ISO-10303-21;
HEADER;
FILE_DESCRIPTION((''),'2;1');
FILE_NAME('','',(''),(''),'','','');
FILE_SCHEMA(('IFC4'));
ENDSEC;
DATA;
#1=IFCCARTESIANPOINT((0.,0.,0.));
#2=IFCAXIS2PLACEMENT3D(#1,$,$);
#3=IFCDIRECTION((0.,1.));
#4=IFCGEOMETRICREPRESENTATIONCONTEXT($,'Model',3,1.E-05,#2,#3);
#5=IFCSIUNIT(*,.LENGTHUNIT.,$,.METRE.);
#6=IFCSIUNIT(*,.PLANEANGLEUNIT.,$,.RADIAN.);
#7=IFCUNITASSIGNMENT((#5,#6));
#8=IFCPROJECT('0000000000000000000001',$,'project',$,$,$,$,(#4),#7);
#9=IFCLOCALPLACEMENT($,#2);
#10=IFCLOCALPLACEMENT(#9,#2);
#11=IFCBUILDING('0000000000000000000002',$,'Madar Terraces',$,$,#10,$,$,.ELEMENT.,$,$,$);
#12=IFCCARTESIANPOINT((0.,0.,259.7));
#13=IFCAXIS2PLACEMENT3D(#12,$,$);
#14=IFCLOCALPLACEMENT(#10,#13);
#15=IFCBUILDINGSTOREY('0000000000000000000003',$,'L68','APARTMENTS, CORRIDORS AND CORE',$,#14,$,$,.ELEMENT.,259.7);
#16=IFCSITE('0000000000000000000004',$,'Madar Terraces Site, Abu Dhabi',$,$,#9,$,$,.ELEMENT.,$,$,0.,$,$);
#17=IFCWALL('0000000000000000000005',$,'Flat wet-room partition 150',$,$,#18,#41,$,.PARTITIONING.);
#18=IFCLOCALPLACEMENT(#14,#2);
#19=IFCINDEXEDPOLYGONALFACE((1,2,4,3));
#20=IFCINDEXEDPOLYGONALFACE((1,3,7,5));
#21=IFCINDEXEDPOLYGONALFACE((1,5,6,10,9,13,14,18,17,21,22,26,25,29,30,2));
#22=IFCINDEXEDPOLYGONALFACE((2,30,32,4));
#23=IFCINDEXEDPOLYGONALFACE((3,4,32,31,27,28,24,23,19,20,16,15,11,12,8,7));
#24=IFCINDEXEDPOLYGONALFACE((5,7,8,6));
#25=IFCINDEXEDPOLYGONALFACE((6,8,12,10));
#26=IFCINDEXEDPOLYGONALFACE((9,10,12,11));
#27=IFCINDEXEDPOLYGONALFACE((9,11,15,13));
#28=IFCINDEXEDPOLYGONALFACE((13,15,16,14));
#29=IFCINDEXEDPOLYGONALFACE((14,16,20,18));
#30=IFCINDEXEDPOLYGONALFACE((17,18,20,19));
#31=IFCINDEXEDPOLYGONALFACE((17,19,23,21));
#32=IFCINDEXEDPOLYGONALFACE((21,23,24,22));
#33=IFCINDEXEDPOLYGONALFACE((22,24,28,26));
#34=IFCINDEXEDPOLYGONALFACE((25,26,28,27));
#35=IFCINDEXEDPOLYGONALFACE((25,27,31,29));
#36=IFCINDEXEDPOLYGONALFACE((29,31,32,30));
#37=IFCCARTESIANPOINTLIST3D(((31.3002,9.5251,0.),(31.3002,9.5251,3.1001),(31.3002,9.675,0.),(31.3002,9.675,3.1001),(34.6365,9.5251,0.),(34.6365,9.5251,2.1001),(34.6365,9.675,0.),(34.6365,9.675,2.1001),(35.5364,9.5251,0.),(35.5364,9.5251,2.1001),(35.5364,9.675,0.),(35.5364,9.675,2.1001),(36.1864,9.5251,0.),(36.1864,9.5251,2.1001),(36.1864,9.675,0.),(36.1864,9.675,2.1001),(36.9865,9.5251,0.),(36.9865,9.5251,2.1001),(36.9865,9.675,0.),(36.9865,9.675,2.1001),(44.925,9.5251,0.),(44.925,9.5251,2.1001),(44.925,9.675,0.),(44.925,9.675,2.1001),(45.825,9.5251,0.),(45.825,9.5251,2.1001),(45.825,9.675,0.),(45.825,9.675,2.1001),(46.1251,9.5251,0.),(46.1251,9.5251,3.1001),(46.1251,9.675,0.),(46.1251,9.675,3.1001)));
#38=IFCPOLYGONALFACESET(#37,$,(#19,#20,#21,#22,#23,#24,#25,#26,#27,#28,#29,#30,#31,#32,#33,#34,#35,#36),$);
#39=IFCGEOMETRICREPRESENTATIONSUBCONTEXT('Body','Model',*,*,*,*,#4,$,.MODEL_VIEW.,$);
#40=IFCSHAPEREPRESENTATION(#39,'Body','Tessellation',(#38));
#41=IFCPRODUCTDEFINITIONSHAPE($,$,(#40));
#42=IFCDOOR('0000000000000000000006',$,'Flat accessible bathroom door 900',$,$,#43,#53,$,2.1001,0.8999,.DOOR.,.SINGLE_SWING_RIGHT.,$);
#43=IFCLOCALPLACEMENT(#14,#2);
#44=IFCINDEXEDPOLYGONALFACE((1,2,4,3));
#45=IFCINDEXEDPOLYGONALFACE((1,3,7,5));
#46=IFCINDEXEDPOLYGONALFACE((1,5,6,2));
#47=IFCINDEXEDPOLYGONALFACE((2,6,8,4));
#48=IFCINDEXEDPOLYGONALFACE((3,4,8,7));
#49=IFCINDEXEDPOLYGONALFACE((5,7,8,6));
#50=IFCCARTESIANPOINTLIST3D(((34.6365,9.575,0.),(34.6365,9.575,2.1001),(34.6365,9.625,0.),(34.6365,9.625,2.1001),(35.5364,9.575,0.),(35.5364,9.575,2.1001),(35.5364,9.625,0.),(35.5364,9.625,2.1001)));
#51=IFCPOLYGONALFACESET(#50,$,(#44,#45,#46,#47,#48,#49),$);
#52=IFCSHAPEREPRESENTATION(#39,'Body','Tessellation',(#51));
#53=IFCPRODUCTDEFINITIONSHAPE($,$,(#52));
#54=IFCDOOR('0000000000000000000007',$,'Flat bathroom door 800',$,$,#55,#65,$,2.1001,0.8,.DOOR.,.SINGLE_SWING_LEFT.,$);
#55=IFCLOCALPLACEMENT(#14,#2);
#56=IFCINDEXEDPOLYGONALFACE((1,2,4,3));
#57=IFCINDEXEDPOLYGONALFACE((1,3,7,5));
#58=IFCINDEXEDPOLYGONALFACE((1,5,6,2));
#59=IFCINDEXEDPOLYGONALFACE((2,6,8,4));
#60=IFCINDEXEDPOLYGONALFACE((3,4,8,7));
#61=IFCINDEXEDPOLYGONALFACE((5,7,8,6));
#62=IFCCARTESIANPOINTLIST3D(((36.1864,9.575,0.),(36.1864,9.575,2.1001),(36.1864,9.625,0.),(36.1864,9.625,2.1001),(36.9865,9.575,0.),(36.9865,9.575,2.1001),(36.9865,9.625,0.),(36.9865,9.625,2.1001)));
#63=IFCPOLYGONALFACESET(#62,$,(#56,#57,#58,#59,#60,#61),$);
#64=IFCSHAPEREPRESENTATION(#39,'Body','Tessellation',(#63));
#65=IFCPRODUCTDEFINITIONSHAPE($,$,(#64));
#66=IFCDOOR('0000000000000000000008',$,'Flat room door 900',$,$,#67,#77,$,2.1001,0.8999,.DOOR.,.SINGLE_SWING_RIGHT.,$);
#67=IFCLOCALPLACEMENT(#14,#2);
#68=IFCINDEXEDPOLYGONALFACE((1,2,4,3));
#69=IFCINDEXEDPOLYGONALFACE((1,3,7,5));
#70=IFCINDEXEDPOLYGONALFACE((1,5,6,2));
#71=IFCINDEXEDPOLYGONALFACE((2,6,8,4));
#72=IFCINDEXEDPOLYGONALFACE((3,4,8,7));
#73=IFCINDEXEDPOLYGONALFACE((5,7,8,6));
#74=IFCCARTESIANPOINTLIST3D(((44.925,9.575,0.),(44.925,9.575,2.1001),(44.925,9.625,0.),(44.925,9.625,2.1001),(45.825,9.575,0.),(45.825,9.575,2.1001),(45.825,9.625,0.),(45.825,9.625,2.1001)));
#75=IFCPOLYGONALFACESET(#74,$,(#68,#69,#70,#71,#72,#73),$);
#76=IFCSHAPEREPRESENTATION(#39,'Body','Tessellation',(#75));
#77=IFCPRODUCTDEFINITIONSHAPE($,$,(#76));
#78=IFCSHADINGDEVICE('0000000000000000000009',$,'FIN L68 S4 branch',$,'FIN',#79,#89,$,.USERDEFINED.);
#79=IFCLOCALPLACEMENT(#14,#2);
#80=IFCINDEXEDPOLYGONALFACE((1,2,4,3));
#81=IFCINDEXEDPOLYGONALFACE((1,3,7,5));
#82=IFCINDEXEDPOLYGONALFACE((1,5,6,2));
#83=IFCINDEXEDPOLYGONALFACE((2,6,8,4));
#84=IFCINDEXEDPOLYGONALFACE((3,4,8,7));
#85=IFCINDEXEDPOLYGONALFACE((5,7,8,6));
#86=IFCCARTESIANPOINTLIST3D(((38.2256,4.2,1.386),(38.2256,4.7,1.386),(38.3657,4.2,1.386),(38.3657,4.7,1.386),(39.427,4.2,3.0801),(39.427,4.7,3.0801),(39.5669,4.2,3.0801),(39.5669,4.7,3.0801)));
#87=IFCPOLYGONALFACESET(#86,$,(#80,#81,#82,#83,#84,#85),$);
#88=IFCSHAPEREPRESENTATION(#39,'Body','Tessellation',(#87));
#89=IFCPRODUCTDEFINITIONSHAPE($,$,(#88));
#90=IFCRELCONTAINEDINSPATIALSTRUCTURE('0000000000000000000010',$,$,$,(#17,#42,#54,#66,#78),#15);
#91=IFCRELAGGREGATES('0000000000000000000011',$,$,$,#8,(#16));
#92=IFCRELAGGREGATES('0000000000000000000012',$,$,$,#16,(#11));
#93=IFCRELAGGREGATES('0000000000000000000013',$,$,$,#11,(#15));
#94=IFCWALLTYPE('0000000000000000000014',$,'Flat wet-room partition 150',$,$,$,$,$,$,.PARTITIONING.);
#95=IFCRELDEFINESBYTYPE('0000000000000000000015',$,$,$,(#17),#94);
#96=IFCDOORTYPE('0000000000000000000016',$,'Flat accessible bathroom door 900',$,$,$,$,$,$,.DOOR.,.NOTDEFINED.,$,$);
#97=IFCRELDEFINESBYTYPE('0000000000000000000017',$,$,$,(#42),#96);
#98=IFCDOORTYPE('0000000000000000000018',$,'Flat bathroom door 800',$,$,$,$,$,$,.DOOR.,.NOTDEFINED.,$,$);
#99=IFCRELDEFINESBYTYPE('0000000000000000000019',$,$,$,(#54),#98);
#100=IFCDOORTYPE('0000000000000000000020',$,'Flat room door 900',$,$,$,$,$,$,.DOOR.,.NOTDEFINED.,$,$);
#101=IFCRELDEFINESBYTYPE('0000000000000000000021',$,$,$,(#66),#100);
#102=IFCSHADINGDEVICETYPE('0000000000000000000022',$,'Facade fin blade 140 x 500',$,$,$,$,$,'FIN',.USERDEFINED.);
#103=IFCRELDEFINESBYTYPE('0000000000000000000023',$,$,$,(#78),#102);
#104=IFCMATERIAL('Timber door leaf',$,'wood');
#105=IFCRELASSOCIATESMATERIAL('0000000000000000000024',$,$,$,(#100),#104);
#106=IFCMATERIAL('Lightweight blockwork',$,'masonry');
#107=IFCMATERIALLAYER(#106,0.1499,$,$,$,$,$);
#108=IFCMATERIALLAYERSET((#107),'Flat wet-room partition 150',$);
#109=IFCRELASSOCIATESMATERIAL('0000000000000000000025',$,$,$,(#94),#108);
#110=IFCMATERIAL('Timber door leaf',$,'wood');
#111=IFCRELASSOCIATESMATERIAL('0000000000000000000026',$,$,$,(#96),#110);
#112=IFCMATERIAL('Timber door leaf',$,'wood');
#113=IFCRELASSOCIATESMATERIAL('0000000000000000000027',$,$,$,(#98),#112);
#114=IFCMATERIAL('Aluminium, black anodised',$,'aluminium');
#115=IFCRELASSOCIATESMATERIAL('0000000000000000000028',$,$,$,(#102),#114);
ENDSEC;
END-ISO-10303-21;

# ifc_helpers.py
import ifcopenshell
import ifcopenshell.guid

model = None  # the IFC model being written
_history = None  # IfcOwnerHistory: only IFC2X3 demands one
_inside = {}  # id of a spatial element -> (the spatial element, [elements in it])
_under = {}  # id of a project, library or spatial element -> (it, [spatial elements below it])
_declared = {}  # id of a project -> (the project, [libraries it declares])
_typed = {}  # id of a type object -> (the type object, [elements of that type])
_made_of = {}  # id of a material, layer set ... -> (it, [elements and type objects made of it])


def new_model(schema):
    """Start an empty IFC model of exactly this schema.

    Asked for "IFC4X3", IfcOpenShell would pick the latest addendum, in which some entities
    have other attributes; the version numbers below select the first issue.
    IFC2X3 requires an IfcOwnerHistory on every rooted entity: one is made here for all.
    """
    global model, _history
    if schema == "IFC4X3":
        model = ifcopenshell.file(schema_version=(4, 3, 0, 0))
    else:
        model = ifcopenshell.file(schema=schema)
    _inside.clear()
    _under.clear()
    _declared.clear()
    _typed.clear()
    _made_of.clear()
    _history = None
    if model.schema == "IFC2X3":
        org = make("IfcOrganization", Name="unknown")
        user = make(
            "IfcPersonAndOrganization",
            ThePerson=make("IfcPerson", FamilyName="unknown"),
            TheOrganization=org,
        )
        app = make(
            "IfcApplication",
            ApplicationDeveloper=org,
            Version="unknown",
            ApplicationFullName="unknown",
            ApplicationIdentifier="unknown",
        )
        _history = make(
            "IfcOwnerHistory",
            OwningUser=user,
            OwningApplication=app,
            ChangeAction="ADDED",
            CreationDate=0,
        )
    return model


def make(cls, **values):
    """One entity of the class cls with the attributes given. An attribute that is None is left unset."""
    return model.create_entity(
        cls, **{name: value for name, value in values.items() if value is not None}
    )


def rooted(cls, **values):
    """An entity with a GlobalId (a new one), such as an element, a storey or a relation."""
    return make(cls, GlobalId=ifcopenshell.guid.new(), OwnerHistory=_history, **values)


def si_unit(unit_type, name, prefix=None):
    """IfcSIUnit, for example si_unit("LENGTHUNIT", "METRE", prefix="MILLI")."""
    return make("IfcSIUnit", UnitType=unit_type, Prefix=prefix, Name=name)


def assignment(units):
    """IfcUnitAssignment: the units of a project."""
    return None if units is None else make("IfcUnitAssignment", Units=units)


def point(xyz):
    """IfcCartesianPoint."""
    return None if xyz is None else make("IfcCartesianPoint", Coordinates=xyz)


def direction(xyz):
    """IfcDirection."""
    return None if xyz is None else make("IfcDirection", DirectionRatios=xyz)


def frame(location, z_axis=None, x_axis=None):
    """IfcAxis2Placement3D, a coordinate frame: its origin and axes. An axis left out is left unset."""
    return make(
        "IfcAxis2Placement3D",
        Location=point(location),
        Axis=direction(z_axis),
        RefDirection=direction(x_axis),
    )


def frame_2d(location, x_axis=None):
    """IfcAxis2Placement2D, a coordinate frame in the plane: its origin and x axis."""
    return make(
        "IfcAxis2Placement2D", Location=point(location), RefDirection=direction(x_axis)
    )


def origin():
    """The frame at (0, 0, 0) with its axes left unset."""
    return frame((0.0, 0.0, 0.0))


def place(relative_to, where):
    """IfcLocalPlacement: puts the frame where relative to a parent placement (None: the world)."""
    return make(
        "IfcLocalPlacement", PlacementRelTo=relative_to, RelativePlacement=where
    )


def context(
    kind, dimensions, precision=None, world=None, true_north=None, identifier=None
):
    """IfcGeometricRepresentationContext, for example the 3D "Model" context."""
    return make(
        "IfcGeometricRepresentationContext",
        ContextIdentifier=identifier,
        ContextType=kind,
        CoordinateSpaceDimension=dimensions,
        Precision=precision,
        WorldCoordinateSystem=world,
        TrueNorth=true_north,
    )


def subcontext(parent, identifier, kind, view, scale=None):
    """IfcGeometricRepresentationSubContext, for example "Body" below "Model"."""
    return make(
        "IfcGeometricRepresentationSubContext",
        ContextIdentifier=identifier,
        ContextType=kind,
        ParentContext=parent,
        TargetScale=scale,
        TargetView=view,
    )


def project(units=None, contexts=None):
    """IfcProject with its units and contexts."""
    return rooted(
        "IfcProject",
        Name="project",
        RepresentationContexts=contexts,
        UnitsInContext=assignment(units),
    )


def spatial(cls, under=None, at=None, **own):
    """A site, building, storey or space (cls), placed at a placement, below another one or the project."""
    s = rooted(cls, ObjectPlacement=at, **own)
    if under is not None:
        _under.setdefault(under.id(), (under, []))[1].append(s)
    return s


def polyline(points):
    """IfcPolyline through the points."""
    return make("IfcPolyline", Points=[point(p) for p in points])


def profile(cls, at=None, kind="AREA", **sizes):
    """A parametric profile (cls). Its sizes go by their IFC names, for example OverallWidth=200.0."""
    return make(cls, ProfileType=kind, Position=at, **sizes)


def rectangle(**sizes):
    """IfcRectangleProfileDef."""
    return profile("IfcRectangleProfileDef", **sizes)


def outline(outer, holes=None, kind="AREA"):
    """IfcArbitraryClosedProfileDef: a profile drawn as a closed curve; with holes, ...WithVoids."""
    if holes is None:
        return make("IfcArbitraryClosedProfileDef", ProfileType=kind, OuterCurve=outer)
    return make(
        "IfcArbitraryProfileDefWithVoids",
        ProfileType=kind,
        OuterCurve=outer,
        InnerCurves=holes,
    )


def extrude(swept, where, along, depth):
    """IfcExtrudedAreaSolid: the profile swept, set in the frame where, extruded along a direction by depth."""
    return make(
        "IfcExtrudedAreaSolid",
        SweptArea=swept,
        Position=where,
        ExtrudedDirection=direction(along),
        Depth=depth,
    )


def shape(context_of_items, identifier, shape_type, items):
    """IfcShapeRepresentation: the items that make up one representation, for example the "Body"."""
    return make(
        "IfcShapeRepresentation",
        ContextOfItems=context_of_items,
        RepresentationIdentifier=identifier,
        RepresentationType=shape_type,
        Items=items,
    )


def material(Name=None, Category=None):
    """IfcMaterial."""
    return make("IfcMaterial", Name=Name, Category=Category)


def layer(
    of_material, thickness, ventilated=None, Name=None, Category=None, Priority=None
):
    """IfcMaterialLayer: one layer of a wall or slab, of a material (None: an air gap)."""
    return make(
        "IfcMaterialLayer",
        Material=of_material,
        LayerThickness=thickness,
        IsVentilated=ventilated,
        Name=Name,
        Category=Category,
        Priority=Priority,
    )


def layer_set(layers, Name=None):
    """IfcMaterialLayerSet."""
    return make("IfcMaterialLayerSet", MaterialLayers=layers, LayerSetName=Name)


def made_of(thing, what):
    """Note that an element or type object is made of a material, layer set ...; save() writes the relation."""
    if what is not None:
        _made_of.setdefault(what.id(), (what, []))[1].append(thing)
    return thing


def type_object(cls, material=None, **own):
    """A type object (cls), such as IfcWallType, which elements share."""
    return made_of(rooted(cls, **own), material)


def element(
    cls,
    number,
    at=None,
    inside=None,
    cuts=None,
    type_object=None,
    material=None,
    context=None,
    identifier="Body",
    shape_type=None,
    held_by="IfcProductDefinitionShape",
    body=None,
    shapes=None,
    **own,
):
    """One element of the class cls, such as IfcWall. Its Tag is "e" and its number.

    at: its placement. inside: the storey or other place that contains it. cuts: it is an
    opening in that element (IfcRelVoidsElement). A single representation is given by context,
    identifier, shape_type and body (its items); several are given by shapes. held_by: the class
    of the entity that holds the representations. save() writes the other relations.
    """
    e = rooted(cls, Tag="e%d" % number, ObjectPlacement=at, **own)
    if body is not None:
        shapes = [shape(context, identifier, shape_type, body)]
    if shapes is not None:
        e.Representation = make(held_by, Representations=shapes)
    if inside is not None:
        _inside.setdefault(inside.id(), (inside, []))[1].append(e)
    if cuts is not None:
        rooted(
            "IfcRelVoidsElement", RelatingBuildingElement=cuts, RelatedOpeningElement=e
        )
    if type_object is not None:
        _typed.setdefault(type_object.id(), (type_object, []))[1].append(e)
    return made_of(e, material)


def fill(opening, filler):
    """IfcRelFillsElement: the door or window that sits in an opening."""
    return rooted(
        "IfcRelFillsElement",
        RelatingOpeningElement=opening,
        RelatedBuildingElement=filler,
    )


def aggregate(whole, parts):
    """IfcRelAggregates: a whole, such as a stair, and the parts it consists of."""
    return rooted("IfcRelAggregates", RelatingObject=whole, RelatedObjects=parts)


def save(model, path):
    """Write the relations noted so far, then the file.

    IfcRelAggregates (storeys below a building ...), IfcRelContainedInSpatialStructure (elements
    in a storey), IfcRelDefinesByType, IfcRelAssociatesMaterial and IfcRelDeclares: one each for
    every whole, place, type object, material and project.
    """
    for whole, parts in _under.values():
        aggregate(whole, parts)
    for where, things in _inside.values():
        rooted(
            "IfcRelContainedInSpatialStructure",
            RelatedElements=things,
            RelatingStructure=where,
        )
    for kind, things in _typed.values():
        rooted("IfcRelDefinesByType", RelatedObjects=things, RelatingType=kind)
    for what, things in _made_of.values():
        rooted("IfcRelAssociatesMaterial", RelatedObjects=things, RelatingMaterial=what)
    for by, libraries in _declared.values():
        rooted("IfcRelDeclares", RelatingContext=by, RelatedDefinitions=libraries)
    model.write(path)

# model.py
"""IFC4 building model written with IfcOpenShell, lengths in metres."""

from ifc_helpers import new_model, si_unit, direction, frame, frame_2d, origin, place, context, subcontext, project, spatial, polyline, rectangle, outline, extrude, material, layer, layer_set, type_object, element, fill, save


model = new_model("IFC4")

# Units and contexts
model_context = context("Model", 3, precision=1e-05, world=origin(), true_north=direction((0.0, 1.0)))
body_context = subcontext(model_context, "Body", "Model", "MODEL_VIEW")
ifc_project = project(units=[si_unit("LENGTHUNIT", "METRE"), si_unit("PLANEANGLEUNIT", "RADIAN")], contexts=[model_context])

# Site, building, storey
site_placement = place(None, origin())
site = spatial("IfcSite", under=ifc_project, at=site_placement, Name="Madar Terraces Site, Abu Dhabi", CompositionType="ELEMENT", RefElevation=0.0)
building_placement = place(site_placement, origin())
building = spatial("IfcBuilding", under=site, at=building_placement, Name="Madar Terraces", CompositionType="ELEMENT")
storey_placement = place(building_placement, frame((0.0, 0.0, 259.7)))
storey = spatial("IfcBuildingStorey", under=building, at=storey_placement, Name="L68", Description="APARTMENTS, CORRIDORS AND CORE", CompositionType="ELEMENT", Elevation=259.7)

# Shared definitions
ifc_material_1 = material(Name="Timber door leaf", Category="wood")
door_type_1 = type_object("IfcDoorType", Name="Flat room door 900", OperationType="NOTDEFINED", PredefinedType="DOOR", material=ifc_material_1)

# Shared definitions
ifc_material_2 = material(Name="Lightweight blockwork", Category="masonry")
ifc_layer_1 = layer(ifc_material_2, 0.1499)
ifc_layer_set_1 = layer_set([ifc_layer_1], Name="Flat wet-room partition 150")
wall_type_1 = type_object("IfcWallType", Name="Flat wet-room partition 150", PredefinedType="PARTITIONING", material=ifc_layer_set_1)

# Wall, openings, doors
wall_1_placement = place(storey_placement, frame((31.3, 9.6001, 0.0), z_axis=(0.0, 0.0, 1.0), x_axis=(1.0, 0.0, 0.0)))
wall_1 = element("IfcWall", 1, at=wall_1_placement, inside=storey, type_object=wall_type_1, Name="Flat wet-room partition 150", PredefinedType="PARTITIONING", context=body_context, shape_type="SweptSolid", body=[
    extrude(rectangle(XDim=14.825, YDim=0.1499, at=frame_2d((7.4126, 0.0))), origin(), (0.0, 0.0, 1.0), 3.1001),
])
opening_1_placement = place(wall_1_placement, frame((13.625, 0.0, 0.0)))
opening_1 = element("IfcOpeningElement", 2, at=opening_1_placement, cuts=wall_1, PredefinedType="OPENING", context=body_context, shape_type="SweptSolid", body=[
    extrude(rectangle(XDim=0.8999, YDim=2.1001, at=frame_2d((0.45, 1.05))), frame((0.0, 0.085, 0.0), z_axis=(0.0, -1.0, 0.0), x_axis=(1.0, 0.0, 0.0)), (0.0, 0.0, 1.0), 0.1699),
])
opening_2_placement = place(wall_1_placement, frame((4.8865, 0.0, 0.0)))
opening_2 = element("IfcOpeningElement", 3, at=opening_2_placement, cuts=wall_1, PredefinedType="OPENING", context=body_context, shape_type="SweptSolid", body=[
    extrude(rectangle(XDim=0.8, YDim=2.1001, at=frame_2d((0.3999, 1.05))), frame((0.0, 0.085, 0.0), z_axis=(0.0, -1.0, 0.0), x_axis=(1.0, 0.0, 0.0)), (0.0, 0.0, 1.0), 0.1699),
])
opening_3_placement = place(wall_1_placement, frame((3.3364, 0.0, 0.0)))
opening_3 = element("IfcOpeningElement", 4, at=opening_3_placement, cuts=wall_1, PredefinedType="OPENING", context=body_context, shape_type="SweptSolid", body=[
    extrude(rectangle(XDim=0.8999, YDim=2.1001, at=frame_2d((0.45, 1.05))), frame((0.0, 0.085, 0.0), z_axis=(0.0, -1.0, 0.0), x_axis=(1.0, 0.0, 0.0)), (0.0, 0.0, 1.0), 0.1699),
])
ifc_material_3 = material(Name="Timber door leaf", Category="wood")
door_type_2 = type_object("IfcDoorType", Name="Flat accessible bathroom door 900", OperationType="NOTDEFINED", PredefinedType="DOOR", material=ifc_material_3)
door_1_placement = place(opening_3_placement, origin())
door_1 = element("IfcDoor", 5, at=door_1_placement, inside=storey, type_object=door_type_2, Name="Flat accessible bathroom door 900", OperationType="SINGLE_SWING_RIGHT", OverallHeight=2.1001, OverallWidth=0.8999, PredefinedType="DOOR", context=body_context, shape_type="SweptSolid", body=[
    extrude(rectangle(XDim=0.8999, YDim=2.1001, at=frame_2d((0.45, 1.05))), frame((0.0, 0.0249, 0.0), z_axis=(0.0, -1.0, 0.0), x_axis=(1.0, 0.0, 0.0)), (0.0, 0.0, 1.0), 0.05),
])
fill(opening_3, door_1)
ifc_material_4 = material(Name="Timber door leaf", Category="wood")
door_type_3 = type_object("IfcDoorType", Name="Flat bathroom door 800", OperationType="NOTDEFINED", PredefinedType="DOOR", material=ifc_material_4)
door_2_placement = place(opening_2_placement, origin())
door_2 = element("IfcDoor", 6, at=door_2_placement, inside=storey, type_object=door_type_3, Name="Flat bathroom door 800", OperationType="SINGLE_SWING_LEFT", OverallHeight=2.1001, OverallWidth=0.8, PredefinedType="DOOR", context=body_context, shape_type="SweptSolid", body=[
    extrude(rectangle(XDim=0.8, YDim=2.1001, at=frame_2d((0.3999, 1.05))), frame((0.0, 0.0249, 0.0), z_axis=(0.0, -1.0, 0.0), x_axis=(1.0, 0.0, 0.0)), (0.0, 0.0, 1.0), 0.05),
])
fill(opening_2, door_2)
door_3_placement = place(opening_1_placement, origin())
door_3 = element("IfcDoor", 7, at=door_3_placement, inside=storey, type_object=door_type_1, Name="Flat room door 900", OperationType="SINGLE_SWING_RIGHT", OverallHeight=2.1001, OverallWidth=0.8999, PredefinedType="DOOR", context=body_context, shape_type="SweptSolid", body=[
    extrude(rectangle(XDim=0.8999, YDim=2.1001, at=frame_2d((0.45, 1.05))), frame((0.0, 0.0249, 0.0), z_axis=(0.0, -1.0, 0.0), x_axis=(1.0, 0.0, 0.0)), (0.0, 0.0, 1.0), 0.05),
])
fill(opening_1, door_3)

# Shading device
ifc_material_5 = material(Name="Aluminium, black anodised", Category="aluminium")
shading_device_type = type_object("IfcShadingDeviceType", Name="Facade fin blade 140 x 500", ElementType="FIN", PredefinedType="USERDEFINED", material=ifc_material_5)
shading_device_placement = place(storey_placement, frame((38.2256, 4.45, 1.386), z_axis=(0.0, 0.0, 1.0), x_axis=(1.0, 0.0, 0.0)))
element("IfcShadingDevice", 8, at=shading_device_placement, inside=storey, type_object=shading_device_type, Name="FIN L68 S4 branch", ObjectType="FIN", PredefinedType="USERDEFINED", context=body_context, shape_type="SweptSolid", body=[
    extrude(outline(polyline([(0.0, 0.0), (0.1401, 0.0), (1.3413, 1.6941), (1.2014, 1.6941), (0.0, 0.0)])), frame((0.0, 0.25, 0.0), z_axis=(0.0, -1.0, 0.0), x_axis=(1.0, 0.0, 0.0)), (0.0, 0.0, 1.0), 0.5),
])

save(model, "model.ifc")
